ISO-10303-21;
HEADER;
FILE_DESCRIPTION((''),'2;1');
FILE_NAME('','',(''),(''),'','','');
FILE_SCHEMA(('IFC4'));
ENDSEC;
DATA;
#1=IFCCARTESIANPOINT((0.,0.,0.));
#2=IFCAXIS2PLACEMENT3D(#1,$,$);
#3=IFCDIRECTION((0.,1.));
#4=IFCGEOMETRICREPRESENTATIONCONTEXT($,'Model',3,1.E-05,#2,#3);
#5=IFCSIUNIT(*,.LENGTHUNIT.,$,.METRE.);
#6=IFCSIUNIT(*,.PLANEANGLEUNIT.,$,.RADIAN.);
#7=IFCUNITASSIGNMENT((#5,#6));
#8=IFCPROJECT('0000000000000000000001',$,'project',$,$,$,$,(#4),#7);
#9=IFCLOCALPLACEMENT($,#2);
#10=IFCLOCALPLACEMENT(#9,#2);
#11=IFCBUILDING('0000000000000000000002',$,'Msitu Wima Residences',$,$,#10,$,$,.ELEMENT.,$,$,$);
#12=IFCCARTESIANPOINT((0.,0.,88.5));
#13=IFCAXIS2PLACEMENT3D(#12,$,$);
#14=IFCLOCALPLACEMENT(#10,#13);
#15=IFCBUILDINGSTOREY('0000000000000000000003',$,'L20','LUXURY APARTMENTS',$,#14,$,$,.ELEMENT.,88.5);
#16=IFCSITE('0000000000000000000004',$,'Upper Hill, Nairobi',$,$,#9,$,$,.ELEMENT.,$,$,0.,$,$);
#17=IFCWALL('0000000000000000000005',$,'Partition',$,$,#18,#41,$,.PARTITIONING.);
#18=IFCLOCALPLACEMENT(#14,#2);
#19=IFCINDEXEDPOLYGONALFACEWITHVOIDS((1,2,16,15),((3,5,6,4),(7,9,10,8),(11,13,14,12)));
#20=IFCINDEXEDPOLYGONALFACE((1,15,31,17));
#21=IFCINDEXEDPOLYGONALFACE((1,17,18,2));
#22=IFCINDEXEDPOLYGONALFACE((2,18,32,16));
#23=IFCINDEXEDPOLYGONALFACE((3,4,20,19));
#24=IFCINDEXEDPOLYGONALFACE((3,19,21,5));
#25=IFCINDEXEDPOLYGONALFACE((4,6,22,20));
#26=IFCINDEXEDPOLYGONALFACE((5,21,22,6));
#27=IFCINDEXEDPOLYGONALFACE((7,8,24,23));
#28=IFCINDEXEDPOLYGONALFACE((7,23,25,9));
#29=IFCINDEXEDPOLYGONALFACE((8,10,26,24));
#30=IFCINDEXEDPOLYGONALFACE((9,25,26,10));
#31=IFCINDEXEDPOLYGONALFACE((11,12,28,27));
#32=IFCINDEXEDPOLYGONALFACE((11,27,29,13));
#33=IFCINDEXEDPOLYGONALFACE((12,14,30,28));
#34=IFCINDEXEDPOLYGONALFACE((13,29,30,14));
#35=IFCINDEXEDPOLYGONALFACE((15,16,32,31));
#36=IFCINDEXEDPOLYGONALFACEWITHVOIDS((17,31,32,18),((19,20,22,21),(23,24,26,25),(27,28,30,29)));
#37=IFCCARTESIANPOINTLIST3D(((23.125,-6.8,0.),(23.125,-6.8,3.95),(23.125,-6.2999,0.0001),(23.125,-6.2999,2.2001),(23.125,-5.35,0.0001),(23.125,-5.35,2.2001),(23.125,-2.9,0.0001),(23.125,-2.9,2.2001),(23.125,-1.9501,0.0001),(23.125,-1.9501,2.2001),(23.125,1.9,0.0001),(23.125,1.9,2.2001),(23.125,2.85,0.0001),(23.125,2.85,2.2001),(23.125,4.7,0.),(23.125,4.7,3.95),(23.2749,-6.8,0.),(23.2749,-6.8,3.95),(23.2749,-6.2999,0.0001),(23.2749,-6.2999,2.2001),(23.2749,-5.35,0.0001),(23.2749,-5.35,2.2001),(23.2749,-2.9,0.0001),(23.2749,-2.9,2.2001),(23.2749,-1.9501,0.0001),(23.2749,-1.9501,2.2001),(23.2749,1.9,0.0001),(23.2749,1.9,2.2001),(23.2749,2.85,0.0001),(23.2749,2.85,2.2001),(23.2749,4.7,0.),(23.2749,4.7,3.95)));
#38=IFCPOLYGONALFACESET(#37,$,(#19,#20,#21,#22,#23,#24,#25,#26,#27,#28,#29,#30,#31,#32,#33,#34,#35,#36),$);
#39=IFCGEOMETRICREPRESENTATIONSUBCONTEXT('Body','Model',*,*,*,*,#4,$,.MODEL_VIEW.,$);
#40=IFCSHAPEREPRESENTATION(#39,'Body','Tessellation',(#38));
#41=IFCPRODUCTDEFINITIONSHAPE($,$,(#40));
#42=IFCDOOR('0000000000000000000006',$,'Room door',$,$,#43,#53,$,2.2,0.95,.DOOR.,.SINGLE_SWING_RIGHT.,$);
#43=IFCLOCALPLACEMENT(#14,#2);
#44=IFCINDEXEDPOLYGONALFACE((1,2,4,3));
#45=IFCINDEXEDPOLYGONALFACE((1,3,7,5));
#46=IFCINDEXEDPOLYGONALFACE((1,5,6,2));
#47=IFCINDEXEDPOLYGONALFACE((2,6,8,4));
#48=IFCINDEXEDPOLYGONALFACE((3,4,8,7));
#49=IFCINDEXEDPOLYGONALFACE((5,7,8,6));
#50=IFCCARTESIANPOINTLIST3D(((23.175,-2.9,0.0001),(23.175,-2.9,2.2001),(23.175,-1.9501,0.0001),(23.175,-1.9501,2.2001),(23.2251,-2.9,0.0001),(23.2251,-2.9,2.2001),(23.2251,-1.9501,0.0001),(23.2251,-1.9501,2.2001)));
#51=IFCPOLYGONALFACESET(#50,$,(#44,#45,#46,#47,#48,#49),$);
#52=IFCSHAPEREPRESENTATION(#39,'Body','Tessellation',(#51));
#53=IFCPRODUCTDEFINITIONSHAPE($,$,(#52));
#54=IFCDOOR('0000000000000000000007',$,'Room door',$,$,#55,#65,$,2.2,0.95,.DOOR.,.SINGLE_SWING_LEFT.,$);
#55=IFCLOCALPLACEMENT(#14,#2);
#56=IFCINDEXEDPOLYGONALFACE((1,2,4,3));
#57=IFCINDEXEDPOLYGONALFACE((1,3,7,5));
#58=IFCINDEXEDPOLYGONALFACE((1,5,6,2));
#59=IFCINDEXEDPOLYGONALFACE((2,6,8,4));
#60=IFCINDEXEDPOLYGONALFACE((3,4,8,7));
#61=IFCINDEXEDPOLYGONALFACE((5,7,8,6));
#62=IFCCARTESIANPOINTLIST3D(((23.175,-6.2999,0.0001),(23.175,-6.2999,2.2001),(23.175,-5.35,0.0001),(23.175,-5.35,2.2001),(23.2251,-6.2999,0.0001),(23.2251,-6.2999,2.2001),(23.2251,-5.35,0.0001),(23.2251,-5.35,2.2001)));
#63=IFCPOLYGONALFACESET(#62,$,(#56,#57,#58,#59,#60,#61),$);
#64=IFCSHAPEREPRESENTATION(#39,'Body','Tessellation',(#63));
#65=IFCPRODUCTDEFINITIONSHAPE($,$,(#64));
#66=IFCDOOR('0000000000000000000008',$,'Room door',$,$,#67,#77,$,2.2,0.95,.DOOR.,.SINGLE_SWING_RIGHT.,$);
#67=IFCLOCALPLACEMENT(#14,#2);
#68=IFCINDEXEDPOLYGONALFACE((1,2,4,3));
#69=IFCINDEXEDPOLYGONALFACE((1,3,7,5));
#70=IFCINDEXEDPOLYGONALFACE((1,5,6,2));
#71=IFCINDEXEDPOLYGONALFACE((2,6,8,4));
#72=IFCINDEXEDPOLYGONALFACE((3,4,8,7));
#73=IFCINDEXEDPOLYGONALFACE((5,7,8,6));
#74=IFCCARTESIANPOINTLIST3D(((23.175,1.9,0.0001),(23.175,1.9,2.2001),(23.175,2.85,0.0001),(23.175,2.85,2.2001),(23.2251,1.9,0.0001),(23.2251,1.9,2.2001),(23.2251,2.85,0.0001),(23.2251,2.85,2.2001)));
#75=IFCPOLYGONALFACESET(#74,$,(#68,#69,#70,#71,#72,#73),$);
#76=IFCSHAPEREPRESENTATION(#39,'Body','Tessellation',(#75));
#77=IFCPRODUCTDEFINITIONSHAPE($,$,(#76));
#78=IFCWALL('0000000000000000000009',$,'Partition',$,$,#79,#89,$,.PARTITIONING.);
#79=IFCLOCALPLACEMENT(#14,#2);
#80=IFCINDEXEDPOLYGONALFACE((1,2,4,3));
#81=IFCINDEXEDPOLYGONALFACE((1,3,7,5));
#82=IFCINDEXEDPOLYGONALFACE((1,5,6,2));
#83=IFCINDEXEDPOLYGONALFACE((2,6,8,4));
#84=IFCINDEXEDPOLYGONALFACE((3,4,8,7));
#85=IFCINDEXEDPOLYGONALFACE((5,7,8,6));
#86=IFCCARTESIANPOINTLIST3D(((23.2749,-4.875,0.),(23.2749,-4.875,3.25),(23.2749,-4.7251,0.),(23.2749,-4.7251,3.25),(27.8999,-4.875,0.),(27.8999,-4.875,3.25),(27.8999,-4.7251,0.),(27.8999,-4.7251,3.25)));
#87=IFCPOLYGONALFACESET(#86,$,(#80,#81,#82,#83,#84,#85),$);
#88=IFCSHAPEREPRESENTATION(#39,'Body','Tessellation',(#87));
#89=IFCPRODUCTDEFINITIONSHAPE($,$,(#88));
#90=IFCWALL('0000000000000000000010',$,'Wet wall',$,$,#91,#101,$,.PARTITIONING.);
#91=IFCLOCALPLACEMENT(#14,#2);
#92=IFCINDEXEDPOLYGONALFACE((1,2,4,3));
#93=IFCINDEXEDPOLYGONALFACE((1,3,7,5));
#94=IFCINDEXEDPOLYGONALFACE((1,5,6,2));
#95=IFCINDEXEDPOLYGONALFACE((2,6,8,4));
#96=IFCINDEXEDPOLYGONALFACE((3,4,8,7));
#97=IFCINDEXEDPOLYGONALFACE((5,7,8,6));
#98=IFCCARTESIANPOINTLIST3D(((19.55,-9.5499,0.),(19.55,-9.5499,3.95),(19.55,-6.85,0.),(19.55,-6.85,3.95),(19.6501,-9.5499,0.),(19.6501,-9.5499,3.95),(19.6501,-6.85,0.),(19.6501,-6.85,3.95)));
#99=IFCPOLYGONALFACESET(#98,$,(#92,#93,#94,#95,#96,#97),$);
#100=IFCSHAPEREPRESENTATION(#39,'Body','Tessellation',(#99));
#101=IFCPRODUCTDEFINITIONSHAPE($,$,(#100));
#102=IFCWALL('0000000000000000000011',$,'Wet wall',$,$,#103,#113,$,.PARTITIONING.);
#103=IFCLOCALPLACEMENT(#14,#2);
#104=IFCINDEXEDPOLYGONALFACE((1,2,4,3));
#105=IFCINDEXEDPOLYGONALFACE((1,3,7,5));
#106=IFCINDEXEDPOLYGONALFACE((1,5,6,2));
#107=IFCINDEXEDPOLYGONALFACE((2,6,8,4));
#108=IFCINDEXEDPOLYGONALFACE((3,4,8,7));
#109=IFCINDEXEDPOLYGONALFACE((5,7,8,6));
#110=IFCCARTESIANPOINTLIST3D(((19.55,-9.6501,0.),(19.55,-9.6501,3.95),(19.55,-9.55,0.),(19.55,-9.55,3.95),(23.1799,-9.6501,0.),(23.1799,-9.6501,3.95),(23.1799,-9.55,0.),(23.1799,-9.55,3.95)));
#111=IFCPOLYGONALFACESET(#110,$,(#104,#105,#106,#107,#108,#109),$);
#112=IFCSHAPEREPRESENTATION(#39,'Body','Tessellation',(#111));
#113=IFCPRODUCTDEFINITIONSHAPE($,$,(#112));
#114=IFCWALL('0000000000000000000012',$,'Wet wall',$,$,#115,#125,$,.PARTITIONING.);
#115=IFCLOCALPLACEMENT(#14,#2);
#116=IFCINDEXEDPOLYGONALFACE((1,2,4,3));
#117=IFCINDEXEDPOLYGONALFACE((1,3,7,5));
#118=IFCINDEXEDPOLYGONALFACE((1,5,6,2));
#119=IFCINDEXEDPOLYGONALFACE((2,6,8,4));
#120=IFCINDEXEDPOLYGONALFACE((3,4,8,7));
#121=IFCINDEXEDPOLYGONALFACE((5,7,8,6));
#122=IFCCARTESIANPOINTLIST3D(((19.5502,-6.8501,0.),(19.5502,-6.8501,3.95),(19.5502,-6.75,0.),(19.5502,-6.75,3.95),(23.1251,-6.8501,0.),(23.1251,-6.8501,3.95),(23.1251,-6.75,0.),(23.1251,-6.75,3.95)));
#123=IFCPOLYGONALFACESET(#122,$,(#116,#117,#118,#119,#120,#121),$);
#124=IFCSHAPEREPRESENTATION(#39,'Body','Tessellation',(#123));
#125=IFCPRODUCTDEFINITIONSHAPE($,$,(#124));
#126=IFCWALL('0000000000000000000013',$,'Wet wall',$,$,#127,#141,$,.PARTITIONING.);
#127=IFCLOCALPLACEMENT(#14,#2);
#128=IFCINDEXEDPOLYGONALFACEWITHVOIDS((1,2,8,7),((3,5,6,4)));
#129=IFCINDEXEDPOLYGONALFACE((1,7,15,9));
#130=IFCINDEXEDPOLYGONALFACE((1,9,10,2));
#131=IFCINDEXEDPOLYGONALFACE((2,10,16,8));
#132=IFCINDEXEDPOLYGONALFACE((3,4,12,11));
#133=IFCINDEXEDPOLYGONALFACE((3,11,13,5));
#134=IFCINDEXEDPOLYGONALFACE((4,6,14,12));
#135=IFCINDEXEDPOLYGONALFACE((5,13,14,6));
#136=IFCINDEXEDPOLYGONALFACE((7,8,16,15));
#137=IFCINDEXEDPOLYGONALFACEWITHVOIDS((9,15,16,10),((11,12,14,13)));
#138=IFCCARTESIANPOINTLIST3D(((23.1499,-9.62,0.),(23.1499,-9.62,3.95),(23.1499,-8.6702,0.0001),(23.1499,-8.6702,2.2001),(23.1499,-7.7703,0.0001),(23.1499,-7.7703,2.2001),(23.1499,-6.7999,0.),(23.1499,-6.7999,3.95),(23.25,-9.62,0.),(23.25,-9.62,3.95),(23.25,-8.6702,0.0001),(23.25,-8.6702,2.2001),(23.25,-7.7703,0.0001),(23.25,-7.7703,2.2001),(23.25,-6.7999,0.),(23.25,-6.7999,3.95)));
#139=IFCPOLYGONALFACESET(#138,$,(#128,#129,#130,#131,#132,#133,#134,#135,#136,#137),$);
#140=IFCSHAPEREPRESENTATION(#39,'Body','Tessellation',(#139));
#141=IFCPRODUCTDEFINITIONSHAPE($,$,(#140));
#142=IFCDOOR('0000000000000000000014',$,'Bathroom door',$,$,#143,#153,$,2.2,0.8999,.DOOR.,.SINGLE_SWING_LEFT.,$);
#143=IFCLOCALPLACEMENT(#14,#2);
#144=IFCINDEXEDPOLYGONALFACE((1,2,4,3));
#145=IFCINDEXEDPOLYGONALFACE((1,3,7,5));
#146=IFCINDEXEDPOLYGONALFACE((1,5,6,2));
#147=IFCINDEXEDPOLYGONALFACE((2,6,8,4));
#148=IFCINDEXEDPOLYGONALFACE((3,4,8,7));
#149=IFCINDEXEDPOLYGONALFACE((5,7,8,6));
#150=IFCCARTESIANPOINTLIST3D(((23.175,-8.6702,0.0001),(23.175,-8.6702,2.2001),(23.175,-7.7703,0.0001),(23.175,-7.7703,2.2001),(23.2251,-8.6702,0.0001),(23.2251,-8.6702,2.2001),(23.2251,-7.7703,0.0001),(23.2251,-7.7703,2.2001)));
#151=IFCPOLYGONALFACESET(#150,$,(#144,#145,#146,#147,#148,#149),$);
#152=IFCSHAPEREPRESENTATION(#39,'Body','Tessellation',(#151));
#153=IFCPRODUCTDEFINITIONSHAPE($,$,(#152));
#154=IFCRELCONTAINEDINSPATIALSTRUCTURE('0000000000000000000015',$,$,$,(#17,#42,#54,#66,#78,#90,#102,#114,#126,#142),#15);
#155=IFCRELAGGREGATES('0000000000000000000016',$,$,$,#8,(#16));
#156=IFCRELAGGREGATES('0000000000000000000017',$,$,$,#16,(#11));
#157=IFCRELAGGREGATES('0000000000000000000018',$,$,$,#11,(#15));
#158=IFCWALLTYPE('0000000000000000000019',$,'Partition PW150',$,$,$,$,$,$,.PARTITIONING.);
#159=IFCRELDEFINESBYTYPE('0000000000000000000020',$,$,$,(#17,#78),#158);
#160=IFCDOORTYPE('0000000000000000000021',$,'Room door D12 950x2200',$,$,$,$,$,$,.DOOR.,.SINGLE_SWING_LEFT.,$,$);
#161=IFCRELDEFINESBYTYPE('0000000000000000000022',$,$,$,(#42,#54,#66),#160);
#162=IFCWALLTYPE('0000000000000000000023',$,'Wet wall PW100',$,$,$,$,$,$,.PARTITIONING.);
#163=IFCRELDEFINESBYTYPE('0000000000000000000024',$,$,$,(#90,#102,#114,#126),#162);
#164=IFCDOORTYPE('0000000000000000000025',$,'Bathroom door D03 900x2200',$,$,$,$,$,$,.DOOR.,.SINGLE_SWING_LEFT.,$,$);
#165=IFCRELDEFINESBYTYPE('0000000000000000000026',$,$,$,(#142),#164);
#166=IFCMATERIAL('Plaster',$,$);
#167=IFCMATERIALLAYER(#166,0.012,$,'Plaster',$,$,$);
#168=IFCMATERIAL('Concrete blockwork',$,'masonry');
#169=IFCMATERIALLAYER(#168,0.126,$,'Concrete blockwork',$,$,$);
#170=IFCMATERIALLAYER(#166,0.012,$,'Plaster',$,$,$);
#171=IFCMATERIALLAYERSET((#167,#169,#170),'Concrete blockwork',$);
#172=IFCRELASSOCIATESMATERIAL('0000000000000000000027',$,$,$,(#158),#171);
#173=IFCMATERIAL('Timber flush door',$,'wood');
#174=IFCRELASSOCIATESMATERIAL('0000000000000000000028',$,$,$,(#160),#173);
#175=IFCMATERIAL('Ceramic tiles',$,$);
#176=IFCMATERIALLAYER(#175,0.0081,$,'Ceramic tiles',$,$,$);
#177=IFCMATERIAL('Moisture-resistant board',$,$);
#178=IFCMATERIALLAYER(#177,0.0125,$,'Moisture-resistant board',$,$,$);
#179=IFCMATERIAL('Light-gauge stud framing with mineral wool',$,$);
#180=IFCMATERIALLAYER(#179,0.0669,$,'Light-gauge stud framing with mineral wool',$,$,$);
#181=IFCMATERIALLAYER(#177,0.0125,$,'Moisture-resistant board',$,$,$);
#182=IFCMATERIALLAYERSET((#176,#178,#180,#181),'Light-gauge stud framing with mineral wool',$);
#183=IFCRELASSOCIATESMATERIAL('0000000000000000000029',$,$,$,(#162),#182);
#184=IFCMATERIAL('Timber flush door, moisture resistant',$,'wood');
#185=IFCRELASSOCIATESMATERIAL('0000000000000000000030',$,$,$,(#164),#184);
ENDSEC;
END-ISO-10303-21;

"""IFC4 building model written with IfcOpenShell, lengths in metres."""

from ifc_helpers import new_model, si_unit, direction, frame, frame_2d, origin, place, context, subcontext, project, spatial, rectangle, extrude, material, layer, layer_set, type_object, element, fill, save


model = new_model("IFC4")

# Units and contexts
model_context = context("Model", 3, precision=1e-05, world=origin(), true_north=direction((0.0, 1.0)))
body_context = subcontext(model_context, "Body", "Model", "MODEL_VIEW")
ifc_project = project(units=[si_unit("LENGTHUNIT", "METRE"), si_unit("PLANEANGLEUNIT", "RADIAN")], contexts=[model_context])

# Site, building, storey
site_placement = place(None, origin())
site = spatial("IfcSite", under=ifc_project, at=site_placement, Name="Upper Hill, Nairobi", CompositionType="ELEMENT", RefElevation=0.0)
building_placement = place(site_placement, origin())
building = spatial("IfcBuilding", under=site, at=building_placement, Name="Msitu Wima Residences", CompositionType="ELEMENT")
storey_placement = place(building_placement, frame((0.0, 0.0, 88.5)))
storey = spatial("IfcBuildingStorey", under=building, at=storey_placement, Name="L20", Description="LUXURY APARTMENTS", CompositionType="ELEMENT", Elevation=88.5)

# Shared definitions
ifc_material_1 = material(Name="Plaster")
ifc_layer_1 = layer(ifc_material_1, 0.012, Name="Plaster")
ifc_material_2 = material(Name="Concrete blockwork", Category="masonry")
ifc_layer_2 = layer(ifc_material_2, 0.126, Name="Concrete blockwork")
ifc_layer_3 = layer(ifc_material_1, 0.012, Name="Plaster")
ifc_layer_set_1 = layer_set([ifc_layer_1, ifc_layer_2, ifc_layer_3], Name="Concrete blockwork")
wall_type_1 = type_object("IfcWallType", Name="Partition PW150", PredefinedType="PARTITIONING", material=ifc_layer_set_1)

# Wall, openings, doors
wall_1_placement = place(storey_placement, frame((23.2, -6.8, 0.0), z_axis=(0.0, 0.0, 1.0), x_axis=(0.0, 1.0, 0.0)))
wall_1 = element("IfcWall", 1, at=wall_1_placement, inside=storey, type_object=wall_type_1, Name="Partition", PredefinedType="PARTITIONING", context=body_context, shape_type="SweptSolid", body=[
    extrude(rectangle(XDim=11.5, YDim=0.1499, at=frame_2d((5.75, 0.0))), origin(), (0.0, 0.0, 1.0), 3.95),
])
opening_1_placement = place(wall_1_placement, frame((3.8999, 0.0, 0.0)))
opening_1 = element("IfcOpeningElement", 2, at=opening_1_placement, cuts=wall_1, PredefinedType="OPENING", context=body_context, shape_type="SweptSolid", body=[
    extrude(rectangle(XDim=0.95, YDim=2.2, at=frame_2d((0.4751, 1.1001))), frame((0.0, 0.085, 0.0), z_axis=(0.0, -1.0, 0.0), x_axis=(1.0, 0.0, 0.0)), (0.0, 0.0, 1.0), 0.1699),
])
opening_2_placement = place(wall_1_placement, frame((0.5, 0.0, 0.0)))
opening_2 = element("IfcOpeningElement", 3, at=opening_2_placement, cuts=wall_1, PredefinedType="OPENING", context=body_context, shape_type="SweptSolid", body=[
    extrude(rectangle(XDim=0.95, YDim=2.2, at=frame_2d((0.4751, 1.1001))), frame((0.0, 0.085, 0.0), z_axis=(0.0, -1.0, 0.0), x_axis=(1.0, 0.0, 0.0)), (0.0, 0.0, 1.0), 0.1699),
])
opening_3_placement = place(wall_1_placement, frame((8.7, 0.0, 0.0)))
opening_3 = element("IfcOpeningElement", 4, at=opening_3_placement, cuts=wall_1, PredefinedType="OPENING", context=body_context, shape_type="SweptSolid", body=[
    extrude(rectangle(XDim=0.95, YDim=2.2, at=frame_2d((0.4751, 1.1001))), frame((0.0, 0.085, 0.0), z_axis=(0.0, -1.0, 0.0), x_axis=(1.0, 0.0, 0.0)), (0.0, 0.0, 1.0), 0.1699),
])
ifc_material_3 = material(Name="Timber flush door", Category="wood")
door_type_1 = type_object("IfcDoorType", Name="Room door D12 950x2200", OperationType="SINGLE_SWING_LEFT", PredefinedType="DOOR", material=ifc_material_3)
door_1_placement = place(opening_1_placement, origin())
door_1 = element("IfcDoor", 5, at=door_1_placement, inside=storey, type_object=door_type_1, Name="Room door", OperationType="SINGLE_SWING_RIGHT", OverallHeight=2.2, OverallWidth=0.95, PredefinedType="DOOR", context=body_context, shape_type="SweptSolid", body=[
    extrude(rectangle(XDim=0.95, YDim=2.2, at=frame_2d((0.4751, 1.1001))), frame((0.0, 0.0249, 0.0), z_axis=(0.0, -1.0, 0.0), x_axis=(1.0, 0.0, 0.0)), (0.0, 0.0, 1.0), 0.05),
])
fill(opening_1, door_1)
door_2_placement = place(opening_2_placement, origin())
door_2 = element("IfcDoor", 6, at=door_2_placement, inside=storey, type_object=door_type_1, Name="Room door", OperationType="SINGLE_SWING_LEFT", OverallHeight=2.2, OverallWidth=0.95, PredefinedType="DOOR", context=body_context, shape_type="SweptSolid", body=[
    extrude(rectangle(XDim=0.95, YDim=2.2, at=frame_2d((0.4751, 1.1001))), frame((0.0, 0.0249, 0.0), z_axis=(0.0, -1.0, 0.0), x_axis=(1.0, 0.0, 0.0)), (0.0, 0.0, 1.0), 0.05),
])
fill(opening_2, door_2)
door_3_placement = place(opening_3_placement, origin())
door_3 = element("IfcDoor", 7, at=door_3_placement, inside=storey, type_object=door_type_1, Name="Room door", OperationType="SINGLE_SWING_RIGHT", OverallHeight=2.2, OverallWidth=0.95, PredefinedType="DOOR", context=body_context, shape_type="SweptSolid", body=[
    extrude(rectangle(XDim=0.95, YDim=2.2, at=frame_2d((0.4751, 1.1001))), frame((0.0, 0.0249, 0.0), z_axis=(0.0, -1.0, 0.0), x_axis=(1.0, 0.0, 0.0)), (0.0, 0.0, 1.0), 0.05),
])
fill(opening_3, door_3)

# Walls
wall_2_placement = place(storey_placement, frame((23.2749, -4.8, 0.0), z_axis=(0.0, 0.0, 1.0), x_axis=(1.0, 0.0, 0.0)))
element("IfcWall", 8, at=wall_2_placement, inside=storey, type_object=wall_type_1, Name="Partition", PredefinedType="PARTITIONING", context=body_context, shape_type="SweptSolid", body=[
    extrude(rectangle(XDim=4.625, YDim=0.1499, at=frame_2d((2.3125, 0.0))), origin(), (0.0, 0.0, 1.0), 3.25),
])
ifc_material_4 = material(Name="Ceramic tiles")
ifc_layer_4 = layer(ifc_material_4, 0.0081, Name="Ceramic tiles")
ifc_material_5 = material(Name="Moisture-resistant board")
ifc_layer_5 = layer(ifc_material_5, 0.0125, Name="Moisture-resistant board")
ifc_material_6 = material(Name="Light-gauge stud framing with mineral wool")
ifc_layer_6 = layer(ifc_material_6, 0.0669, Name="Light-gauge stud framing with mineral wool")
ifc_layer_7 = layer(ifc_material_5, 0.0125, Name="Moisture-resistant board")
ifc_layer_set_2 = layer_set([ifc_layer_4, ifc_layer_5, ifc_layer_6, ifc_layer_7], Name="Light-gauge stud framing with mineral wool")
wall_type_2 = type_object("IfcWallType", Name="Wet wall PW100", PredefinedType="PARTITIONING", material=ifc_layer_set_2)
wall_3_placement = place(storey_placement, frame((19.6001, -9.55, 0.0), z_axis=(0.0, 0.0, 1.0), x_axis=(0.0, 1.0, 0.0)))
element("IfcWall", 9, at=wall_3_placement, inside=storey, type_object=wall_type_2, Name="Wet wall", PredefinedType="PARTITIONING", context=body_context, shape_type="SweptSolid", body=[
    extrude(rectangle(XDim=2.7, YDim=0.1001, at=frame_2d((1.3501, 0.0))), origin(), (0.0, 0.0, 1.0), 3.95),
])
wall_4_placement = place(storey_placement, frame((19.55, -9.6001, 0.0), z_axis=(0.0, 0.0, 1.0), x_axis=(1.0, 0.0, 0.0)))
element("IfcWall", 10, at=wall_4_placement, inside=storey, type_object=wall_type_2, Name="Wet wall", PredefinedType="PARTITIONING", context=body_context, shape_type="SweptSolid", body=[
    extrude(rectangle(XDim=3.6299, YDim=0.1001, at=frame_2d((1.8149, 0.0))), origin(), (0.0, 0.0, 1.0), 3.95),
])
wall_5_placement = place(storey_placement, frame((19.55, -6.8, 0.0), z_axis=(0.0, 0.0, 1.0), x_axis=(1.0, 0.0, 0.0)))
element("IfcWall", 11, at=wall_5_placement, inside=storey, type_object=wall_type_2, Name="Wet wall", PredefinedType="PARTITIONING", context=body_context, shape_type="SweptSolid", body=[
    extrude(rectangle(XDim=3.575, YDim=0.1001, at=frame_2d((1.7876, 0.0))), origin(), (0.0, 0.0, 1.0), 3.95),
])

# Wall, opening, door
wall_6_placement = place(storey_placement, frame((23.2, -9.6201, 0.0), z_axis=(0.0, 0.0, 1.0), x_axis=(0.0, 1.0, 0.0)))
wall_6 = element("IfcWall", 12, at=wall_6_placement, inside=storey, type_object=wall_type_2, Name="Wet wall", PredefinedType="PARTITIONING", context=body_context, shape_type="SweptSolid", body=[
    extrude(rectangle(XDim=2.8201, YDim=0.1001, at=frame_2d((1.4102, 0.0))), origin(), (0.0, 0.0, 1.0), 3.95),
])
opening_4_placement = place(wall_6_placement, frame((0.95, 0.0, 0.0)))
opening_4 = element("IfcOpeningElement", 13, at=opening_4_placement, cuts=wall_6, PredefinedType="OPENING", context=body_context, shape_type="SweptSolid", body=[
    extrude(rectangle(XDim=0.8999, YDim=2.2, at=frame_2d((0.45, 1.1001))), frame((0.0, 0.0601, 0.0), z_axis=(0.0, -1.0, 0.0), x_axis=(1.0, 0.0, 0.0)), (0.0, 0.0, 1.0), 0.1201),
])
ifc_material_7 = material(Name="Timber flush door, moisture resistant", Category="wood")
door_type_2 = type_object("IfcDoorType", Name="Bathroom door D03 900x2200", OperationType="SINGLE_SWING_LEFT", PredefinedType="DOOR", material=ifc_material_7)
door_4_placement = place(opening_4_placement, origin())
door_4 = element("IfcDoor", 14, at=door_4_placement, inside=storey, type_object=door_type_2, Name="Bathroom door", OperationType="SINGLE_SWING_LEFT", OverallHeight=2.2, OverallWidth=0.8999, PredefinedType="DOOR", context=body_context, shape_type="SweptSolid", body=[
    extrude(rectangle(XDim=0.8999, YDim=2.2, at=frame_2d((0.45, 1.1001))), frame((0.0, 0.0249, 0.0), z_axis=(0.0, -1.0, 0.0), x_axis=(1.0, 0.0, 0.0)), (0.0, 0.0, 1.0), 0.05),
])
fill(opening_4, door_4)

save(model, "model.ifc")
